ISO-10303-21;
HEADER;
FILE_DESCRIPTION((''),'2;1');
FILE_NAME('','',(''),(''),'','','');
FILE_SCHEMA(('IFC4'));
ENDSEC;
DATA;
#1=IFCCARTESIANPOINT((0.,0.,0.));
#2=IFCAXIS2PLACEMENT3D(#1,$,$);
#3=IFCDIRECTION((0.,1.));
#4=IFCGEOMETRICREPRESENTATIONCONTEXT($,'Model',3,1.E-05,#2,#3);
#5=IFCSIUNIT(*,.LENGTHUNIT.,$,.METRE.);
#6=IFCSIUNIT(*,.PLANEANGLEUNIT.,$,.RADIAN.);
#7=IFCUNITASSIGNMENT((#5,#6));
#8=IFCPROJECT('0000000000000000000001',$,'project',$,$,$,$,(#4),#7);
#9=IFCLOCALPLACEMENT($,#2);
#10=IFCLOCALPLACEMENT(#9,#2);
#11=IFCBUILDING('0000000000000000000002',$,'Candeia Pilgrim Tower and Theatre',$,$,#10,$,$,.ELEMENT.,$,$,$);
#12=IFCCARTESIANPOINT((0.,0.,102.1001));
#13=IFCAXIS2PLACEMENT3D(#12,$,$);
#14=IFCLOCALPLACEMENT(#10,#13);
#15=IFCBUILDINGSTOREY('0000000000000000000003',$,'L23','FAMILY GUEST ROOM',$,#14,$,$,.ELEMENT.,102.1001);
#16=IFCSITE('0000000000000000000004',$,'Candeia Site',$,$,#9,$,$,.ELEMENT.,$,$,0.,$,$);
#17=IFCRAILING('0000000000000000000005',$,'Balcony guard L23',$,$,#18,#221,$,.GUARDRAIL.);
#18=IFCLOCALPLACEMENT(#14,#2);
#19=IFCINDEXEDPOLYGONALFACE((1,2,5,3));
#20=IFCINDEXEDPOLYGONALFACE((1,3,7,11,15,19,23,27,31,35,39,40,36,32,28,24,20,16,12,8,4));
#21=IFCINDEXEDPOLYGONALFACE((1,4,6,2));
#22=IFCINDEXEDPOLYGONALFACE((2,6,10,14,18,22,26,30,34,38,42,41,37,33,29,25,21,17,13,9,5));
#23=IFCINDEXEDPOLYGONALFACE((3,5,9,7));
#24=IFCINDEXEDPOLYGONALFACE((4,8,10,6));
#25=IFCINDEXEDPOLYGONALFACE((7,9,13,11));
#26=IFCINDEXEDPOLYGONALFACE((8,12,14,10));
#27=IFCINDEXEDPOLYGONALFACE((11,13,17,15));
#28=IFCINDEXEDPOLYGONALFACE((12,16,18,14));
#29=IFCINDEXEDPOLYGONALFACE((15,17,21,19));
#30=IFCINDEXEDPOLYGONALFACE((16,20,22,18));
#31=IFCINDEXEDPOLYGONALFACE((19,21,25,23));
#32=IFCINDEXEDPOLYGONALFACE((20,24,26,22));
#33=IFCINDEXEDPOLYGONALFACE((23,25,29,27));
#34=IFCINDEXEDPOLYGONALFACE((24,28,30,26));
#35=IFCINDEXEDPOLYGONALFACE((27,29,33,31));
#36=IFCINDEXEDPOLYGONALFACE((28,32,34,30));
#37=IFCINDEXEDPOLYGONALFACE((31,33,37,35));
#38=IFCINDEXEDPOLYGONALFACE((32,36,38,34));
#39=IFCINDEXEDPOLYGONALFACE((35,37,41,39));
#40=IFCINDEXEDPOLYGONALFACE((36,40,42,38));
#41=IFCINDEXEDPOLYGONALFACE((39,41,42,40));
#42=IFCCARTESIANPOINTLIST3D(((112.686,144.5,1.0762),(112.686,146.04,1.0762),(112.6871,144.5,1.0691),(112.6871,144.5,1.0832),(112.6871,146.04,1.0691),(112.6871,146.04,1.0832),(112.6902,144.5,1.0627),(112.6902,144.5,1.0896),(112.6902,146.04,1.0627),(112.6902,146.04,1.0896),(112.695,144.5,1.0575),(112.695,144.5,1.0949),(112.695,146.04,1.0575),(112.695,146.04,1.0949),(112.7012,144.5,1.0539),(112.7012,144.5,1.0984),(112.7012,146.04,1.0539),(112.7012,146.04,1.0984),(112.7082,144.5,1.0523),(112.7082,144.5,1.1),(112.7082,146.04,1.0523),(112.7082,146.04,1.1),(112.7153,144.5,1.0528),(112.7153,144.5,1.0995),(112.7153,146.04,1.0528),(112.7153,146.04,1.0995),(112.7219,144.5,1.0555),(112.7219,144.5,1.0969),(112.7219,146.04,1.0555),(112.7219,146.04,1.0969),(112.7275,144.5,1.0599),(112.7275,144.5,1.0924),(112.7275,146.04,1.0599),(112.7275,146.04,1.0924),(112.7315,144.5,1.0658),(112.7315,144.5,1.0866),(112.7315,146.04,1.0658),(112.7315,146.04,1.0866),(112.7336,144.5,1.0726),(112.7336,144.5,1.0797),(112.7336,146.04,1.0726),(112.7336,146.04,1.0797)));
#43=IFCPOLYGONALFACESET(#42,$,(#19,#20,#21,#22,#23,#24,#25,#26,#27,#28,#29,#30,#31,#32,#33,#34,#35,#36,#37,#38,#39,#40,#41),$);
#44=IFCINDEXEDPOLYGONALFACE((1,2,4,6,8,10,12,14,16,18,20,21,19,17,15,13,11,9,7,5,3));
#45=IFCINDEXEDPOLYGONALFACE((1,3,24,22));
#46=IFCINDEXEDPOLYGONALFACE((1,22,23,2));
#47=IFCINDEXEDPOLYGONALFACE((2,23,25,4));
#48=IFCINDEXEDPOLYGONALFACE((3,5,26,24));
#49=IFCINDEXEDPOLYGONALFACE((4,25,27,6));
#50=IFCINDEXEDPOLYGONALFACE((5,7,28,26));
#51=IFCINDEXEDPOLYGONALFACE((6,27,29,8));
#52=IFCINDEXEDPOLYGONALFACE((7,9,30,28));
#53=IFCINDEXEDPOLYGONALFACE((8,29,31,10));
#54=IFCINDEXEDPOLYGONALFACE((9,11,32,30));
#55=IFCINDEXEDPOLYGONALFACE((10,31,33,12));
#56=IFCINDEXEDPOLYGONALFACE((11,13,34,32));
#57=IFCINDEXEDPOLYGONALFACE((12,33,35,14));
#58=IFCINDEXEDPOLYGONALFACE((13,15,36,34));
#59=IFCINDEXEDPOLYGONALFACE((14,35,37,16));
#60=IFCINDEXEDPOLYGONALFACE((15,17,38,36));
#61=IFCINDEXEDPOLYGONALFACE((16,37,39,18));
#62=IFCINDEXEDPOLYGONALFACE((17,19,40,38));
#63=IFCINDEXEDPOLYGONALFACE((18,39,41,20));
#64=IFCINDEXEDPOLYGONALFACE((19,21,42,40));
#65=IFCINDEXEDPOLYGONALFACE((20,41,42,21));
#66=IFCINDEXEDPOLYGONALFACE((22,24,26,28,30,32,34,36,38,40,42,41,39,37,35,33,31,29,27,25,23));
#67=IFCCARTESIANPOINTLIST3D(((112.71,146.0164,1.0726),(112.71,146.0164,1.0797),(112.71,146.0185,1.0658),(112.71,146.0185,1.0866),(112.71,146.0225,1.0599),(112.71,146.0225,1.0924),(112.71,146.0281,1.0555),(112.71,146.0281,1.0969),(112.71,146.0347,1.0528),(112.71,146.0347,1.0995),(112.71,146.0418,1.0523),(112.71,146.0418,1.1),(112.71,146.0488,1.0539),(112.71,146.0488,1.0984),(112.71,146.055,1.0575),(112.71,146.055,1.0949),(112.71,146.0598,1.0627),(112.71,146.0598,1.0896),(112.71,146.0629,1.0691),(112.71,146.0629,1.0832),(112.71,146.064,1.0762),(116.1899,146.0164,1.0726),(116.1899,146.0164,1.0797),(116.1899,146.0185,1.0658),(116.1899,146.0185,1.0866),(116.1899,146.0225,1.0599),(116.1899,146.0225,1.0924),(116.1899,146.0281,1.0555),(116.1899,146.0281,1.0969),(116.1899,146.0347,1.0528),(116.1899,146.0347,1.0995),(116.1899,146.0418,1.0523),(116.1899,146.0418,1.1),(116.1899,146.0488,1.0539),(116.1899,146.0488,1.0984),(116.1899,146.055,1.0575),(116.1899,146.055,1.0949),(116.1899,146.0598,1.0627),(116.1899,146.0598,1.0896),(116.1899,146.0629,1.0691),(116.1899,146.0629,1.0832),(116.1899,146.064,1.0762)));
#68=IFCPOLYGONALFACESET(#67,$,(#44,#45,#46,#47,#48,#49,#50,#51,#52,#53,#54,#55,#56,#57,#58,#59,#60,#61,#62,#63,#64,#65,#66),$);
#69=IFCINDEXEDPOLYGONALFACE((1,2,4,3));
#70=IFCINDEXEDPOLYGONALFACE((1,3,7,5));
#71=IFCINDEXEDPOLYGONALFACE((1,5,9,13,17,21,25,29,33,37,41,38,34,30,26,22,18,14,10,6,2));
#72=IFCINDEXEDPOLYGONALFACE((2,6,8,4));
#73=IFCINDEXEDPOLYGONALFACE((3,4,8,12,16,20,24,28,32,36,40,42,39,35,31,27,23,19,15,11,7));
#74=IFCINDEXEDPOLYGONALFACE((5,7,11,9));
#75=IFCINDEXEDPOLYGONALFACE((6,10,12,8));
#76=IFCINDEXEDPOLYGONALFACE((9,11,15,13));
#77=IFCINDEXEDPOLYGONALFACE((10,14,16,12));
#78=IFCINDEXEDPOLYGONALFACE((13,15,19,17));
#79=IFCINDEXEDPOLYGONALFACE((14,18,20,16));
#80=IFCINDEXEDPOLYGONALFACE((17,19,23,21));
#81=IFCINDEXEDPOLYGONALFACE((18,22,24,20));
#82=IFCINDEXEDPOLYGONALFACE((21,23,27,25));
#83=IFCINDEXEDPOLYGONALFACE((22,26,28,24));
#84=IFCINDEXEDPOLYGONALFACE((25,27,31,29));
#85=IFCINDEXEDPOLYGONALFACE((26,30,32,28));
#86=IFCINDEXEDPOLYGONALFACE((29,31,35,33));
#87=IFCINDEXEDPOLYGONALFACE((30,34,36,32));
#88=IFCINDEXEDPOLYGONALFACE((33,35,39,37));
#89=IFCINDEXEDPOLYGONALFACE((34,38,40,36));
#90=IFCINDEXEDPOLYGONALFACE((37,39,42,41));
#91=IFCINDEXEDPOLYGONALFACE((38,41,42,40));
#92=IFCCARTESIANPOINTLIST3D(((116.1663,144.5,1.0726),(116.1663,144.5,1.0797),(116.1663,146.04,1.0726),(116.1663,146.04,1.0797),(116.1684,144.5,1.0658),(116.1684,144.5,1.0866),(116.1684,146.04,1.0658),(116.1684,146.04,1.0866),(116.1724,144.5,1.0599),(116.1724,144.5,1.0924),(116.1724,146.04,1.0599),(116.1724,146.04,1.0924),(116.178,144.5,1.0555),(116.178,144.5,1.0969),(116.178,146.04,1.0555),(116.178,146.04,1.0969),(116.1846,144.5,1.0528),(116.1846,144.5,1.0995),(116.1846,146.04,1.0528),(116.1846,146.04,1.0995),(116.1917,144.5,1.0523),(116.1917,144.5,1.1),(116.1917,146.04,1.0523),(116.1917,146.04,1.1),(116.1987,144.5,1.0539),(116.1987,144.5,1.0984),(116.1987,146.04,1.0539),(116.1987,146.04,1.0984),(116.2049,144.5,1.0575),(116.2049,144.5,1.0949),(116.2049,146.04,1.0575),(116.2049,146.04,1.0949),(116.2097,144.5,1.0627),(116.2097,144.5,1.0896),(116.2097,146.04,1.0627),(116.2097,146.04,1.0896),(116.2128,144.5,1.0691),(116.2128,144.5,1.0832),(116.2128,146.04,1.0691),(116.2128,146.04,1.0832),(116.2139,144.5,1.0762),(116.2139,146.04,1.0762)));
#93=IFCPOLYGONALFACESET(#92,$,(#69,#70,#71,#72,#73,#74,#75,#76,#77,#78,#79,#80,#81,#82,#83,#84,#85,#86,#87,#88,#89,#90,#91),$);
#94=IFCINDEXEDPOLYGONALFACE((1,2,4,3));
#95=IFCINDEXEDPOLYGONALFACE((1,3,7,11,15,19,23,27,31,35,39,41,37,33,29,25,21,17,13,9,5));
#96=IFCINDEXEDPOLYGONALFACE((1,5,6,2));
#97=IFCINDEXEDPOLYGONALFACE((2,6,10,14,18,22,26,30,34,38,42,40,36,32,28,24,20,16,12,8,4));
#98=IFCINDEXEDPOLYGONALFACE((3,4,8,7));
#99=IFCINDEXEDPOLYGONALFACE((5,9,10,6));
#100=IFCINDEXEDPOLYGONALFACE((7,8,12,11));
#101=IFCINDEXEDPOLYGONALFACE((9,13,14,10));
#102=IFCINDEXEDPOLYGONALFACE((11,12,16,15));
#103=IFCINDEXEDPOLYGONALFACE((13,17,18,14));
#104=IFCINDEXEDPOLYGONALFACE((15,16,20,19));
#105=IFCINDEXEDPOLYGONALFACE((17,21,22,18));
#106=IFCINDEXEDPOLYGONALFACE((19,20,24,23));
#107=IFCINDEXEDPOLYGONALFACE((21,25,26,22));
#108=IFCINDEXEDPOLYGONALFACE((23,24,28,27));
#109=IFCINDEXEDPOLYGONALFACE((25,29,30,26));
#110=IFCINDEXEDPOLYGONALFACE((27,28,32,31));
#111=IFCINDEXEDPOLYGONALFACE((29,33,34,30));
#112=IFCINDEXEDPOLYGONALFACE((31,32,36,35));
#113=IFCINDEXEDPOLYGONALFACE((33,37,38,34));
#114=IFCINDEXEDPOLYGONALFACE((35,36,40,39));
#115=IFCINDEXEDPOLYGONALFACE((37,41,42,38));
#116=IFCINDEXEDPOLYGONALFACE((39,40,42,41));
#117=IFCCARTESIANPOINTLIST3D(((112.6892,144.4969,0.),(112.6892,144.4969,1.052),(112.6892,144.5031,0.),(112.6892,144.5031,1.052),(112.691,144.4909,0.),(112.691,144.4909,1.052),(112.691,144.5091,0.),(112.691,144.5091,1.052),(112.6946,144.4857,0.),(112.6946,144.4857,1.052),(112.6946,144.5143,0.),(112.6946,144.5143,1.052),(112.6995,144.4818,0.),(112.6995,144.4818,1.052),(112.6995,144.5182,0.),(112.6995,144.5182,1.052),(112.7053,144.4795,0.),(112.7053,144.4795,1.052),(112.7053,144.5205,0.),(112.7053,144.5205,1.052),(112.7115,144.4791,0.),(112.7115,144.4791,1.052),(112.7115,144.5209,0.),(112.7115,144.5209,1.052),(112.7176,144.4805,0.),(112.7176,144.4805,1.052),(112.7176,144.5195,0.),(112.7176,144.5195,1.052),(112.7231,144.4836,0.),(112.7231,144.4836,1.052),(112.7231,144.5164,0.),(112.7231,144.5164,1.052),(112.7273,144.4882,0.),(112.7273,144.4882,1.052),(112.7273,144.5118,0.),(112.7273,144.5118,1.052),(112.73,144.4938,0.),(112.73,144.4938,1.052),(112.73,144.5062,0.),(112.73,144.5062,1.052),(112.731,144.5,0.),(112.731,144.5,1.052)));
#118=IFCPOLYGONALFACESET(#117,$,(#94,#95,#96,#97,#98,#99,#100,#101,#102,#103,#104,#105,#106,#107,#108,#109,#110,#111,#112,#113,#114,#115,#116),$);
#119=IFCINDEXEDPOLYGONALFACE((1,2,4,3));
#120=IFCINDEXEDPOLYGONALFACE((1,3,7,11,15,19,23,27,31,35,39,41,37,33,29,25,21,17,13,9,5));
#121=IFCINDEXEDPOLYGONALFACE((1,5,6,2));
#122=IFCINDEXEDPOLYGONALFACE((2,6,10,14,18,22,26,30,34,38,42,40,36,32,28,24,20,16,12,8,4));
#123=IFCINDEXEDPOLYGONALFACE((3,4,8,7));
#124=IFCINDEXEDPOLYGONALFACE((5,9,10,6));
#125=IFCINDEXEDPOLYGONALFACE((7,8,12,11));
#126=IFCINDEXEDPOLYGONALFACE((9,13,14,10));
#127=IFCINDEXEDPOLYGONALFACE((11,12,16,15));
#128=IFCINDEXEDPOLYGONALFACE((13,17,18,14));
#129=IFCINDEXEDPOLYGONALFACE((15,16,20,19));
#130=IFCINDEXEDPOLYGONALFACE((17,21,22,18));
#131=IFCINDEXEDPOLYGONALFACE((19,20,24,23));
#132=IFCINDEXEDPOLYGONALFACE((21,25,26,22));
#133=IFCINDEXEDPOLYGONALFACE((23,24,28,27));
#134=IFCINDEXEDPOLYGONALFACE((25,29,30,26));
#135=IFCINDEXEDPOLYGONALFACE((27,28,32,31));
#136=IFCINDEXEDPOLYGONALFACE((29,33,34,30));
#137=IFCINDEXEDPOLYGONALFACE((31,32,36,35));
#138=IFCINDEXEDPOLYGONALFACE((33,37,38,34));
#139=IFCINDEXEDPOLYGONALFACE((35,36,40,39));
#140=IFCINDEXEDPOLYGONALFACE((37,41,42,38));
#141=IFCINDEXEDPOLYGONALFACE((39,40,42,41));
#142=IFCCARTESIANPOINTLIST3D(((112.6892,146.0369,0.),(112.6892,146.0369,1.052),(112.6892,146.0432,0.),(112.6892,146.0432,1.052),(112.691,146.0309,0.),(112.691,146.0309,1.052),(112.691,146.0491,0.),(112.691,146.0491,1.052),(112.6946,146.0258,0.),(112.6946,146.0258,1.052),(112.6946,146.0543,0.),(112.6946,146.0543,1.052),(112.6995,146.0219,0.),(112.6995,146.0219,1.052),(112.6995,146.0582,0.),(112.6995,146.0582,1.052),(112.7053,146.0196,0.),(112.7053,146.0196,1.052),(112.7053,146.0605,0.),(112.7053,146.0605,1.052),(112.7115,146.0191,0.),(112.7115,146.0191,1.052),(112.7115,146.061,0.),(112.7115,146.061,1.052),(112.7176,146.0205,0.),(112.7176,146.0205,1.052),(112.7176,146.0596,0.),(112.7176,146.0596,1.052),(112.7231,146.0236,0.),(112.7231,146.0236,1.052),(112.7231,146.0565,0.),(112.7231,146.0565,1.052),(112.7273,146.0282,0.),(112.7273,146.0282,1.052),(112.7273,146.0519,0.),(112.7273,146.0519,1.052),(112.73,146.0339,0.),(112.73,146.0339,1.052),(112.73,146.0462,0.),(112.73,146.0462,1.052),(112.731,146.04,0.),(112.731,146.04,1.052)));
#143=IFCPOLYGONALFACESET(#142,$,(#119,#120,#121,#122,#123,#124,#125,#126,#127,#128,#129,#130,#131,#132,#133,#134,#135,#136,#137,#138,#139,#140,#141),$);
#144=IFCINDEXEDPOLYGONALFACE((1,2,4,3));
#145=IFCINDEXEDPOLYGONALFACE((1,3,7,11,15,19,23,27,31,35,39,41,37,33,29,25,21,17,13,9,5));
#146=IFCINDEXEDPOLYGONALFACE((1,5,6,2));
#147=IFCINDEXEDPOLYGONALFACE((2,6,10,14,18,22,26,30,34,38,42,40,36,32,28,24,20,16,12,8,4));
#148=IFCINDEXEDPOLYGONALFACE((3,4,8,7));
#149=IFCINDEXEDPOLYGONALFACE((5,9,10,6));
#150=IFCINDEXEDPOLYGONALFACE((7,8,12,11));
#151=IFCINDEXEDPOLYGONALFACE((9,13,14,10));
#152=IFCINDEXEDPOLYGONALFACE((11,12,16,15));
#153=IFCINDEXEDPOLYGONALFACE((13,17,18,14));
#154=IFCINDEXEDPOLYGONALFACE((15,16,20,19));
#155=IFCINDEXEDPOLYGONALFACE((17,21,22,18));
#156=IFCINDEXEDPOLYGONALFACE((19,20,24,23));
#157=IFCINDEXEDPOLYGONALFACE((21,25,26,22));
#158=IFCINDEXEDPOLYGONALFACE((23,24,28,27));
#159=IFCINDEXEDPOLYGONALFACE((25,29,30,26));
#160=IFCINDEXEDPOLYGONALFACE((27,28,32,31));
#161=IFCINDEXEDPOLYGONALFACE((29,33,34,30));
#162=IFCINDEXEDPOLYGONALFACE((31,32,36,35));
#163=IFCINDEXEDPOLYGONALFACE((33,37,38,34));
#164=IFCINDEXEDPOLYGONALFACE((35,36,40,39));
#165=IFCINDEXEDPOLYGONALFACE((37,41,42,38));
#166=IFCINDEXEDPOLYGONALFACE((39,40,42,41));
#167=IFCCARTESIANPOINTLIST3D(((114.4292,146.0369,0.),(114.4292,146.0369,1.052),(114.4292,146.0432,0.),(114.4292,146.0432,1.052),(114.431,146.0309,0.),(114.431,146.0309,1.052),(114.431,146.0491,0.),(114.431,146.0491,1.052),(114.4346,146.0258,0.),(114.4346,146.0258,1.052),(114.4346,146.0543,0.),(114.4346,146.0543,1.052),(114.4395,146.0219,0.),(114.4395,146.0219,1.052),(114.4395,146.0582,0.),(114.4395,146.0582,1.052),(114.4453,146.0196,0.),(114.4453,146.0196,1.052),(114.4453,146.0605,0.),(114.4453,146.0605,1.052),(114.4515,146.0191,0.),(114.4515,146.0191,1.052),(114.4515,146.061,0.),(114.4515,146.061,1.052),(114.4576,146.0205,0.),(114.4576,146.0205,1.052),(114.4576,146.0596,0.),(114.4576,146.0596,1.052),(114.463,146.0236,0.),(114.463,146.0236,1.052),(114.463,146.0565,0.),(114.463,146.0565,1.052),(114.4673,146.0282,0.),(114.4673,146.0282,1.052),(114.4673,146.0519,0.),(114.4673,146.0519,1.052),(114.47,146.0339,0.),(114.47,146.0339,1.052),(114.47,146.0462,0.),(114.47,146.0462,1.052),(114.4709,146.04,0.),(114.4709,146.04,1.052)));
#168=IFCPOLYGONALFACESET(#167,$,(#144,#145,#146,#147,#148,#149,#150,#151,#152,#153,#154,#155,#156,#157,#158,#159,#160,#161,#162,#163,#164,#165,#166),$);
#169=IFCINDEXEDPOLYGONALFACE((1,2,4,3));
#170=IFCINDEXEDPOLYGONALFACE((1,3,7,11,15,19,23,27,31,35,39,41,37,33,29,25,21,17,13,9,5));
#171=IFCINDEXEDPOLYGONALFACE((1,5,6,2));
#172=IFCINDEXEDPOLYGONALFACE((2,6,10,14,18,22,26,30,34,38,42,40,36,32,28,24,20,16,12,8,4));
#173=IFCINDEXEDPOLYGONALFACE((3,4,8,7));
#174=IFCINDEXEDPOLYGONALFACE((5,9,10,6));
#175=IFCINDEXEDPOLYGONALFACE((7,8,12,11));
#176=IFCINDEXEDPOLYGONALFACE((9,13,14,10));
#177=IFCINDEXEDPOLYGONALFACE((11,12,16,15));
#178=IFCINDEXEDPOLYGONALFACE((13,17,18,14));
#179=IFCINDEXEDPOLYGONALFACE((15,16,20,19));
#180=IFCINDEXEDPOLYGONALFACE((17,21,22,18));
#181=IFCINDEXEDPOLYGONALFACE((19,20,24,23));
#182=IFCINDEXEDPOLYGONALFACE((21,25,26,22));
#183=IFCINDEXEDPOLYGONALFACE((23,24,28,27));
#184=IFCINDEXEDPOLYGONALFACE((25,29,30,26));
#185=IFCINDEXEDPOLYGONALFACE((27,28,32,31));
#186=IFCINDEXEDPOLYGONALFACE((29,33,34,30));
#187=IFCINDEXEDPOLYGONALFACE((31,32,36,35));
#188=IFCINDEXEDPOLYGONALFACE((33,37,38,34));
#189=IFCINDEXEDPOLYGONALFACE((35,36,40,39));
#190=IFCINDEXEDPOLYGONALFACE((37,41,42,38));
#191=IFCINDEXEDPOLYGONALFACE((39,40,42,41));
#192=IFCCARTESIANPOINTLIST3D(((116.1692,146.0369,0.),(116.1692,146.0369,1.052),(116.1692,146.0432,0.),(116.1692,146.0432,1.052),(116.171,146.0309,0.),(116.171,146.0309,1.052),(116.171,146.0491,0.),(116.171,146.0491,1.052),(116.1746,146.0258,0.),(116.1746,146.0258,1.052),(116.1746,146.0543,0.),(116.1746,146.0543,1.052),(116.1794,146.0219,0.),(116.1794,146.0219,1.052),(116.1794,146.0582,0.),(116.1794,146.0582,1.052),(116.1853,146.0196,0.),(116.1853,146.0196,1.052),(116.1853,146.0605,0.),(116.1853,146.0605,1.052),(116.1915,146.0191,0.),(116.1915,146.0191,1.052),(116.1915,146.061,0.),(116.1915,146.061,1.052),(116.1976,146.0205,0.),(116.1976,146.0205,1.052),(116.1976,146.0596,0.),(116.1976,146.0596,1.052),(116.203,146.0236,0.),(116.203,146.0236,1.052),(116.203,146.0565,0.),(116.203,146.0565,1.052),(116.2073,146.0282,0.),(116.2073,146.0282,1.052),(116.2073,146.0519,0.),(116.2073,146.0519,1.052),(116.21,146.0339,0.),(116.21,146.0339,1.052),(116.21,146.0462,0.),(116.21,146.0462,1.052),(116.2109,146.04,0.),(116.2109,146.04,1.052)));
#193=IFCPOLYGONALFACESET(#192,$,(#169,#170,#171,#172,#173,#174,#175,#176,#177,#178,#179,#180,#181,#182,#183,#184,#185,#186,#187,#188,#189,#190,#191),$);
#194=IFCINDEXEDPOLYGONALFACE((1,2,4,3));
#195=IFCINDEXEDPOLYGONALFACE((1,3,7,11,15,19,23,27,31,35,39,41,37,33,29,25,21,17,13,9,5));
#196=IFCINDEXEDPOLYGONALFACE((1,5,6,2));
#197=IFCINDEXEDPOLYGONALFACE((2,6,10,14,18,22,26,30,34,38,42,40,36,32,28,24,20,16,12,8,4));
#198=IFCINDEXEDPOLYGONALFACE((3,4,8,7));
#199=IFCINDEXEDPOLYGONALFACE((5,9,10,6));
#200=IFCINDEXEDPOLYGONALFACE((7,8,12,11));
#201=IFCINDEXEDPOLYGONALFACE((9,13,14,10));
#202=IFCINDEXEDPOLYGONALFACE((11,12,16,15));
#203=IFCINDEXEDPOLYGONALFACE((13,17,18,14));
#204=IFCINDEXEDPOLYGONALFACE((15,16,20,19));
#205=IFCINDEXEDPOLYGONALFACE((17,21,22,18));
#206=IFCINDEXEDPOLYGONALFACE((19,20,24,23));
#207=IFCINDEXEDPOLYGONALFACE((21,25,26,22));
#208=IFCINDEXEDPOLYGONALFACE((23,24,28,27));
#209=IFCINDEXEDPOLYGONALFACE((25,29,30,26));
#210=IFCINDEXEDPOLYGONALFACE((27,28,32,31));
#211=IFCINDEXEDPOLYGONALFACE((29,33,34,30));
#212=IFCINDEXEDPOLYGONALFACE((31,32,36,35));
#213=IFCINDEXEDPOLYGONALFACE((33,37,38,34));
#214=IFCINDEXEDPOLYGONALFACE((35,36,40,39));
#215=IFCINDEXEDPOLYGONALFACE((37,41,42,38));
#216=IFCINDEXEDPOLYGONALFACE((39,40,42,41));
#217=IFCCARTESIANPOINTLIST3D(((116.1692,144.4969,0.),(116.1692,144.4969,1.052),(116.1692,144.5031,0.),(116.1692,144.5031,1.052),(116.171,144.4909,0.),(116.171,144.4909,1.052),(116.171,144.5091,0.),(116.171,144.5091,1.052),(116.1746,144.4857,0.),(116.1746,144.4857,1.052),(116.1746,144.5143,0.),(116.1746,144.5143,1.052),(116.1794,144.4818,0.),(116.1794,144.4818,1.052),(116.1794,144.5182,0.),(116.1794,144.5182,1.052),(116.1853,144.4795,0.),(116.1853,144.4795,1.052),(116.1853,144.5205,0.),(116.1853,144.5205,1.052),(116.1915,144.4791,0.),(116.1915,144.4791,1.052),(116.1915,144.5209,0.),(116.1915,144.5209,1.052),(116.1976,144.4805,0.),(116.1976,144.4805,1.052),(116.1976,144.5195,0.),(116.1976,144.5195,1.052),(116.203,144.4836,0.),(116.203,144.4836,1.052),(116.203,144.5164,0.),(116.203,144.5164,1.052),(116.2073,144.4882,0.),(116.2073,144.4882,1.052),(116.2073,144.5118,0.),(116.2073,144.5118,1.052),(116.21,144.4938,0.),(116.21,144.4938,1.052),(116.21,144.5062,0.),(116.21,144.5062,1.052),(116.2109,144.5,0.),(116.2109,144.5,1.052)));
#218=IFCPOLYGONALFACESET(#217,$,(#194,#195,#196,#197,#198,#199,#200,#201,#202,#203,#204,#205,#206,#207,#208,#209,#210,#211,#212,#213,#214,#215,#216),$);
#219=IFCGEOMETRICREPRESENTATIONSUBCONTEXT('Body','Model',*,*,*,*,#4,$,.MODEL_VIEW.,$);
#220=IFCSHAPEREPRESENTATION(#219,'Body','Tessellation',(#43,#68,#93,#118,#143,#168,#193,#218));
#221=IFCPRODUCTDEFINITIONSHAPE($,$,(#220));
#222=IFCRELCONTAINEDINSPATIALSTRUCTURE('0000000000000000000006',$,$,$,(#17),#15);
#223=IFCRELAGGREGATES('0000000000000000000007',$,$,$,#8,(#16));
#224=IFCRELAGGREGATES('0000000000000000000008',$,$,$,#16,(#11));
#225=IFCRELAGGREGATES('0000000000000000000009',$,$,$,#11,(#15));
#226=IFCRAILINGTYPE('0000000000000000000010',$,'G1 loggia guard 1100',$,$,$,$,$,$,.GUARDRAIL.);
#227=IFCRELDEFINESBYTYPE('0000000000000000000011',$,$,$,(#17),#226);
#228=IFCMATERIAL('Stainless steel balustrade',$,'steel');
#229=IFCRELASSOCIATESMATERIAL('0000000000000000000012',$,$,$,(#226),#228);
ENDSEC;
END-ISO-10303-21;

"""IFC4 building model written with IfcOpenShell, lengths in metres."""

from ifc_helpers import new_model, si_unit, direction, frame, origin, origin_2d, place, context, subcontext, project, spatial, circle, extrude, material, type_object, element, save


model = new_model("IFC4")

# Units and contexts
model_context = context("Model", 3, precision=1e-05, world=origin(), true_north=direction((0.0, 1.0)))
body_context = subcontext(model_context, "Body", "Model", "MODEL_VIEW")
ifc_project = project(units=[si_unit("LENGTHUNIT", "METRE"), si_unit("PLANEANGLEUNIT", "RADIAN")], contexts=[model_context])

# Site, building, storey
site_placement = place(None, origin())
site = spatial("IfcSite", under=ifc_project, at=site_placement, Name="Candeia Site", CompositionType="ELEMENT", RefElevation=0.0)
building_placement = place(site_placement, origin())
building = spatial("IfcBuilding", under=site, at=building_placement, Name="Candeia Pilgrim Tower and Theatre", CompositionType="ELEMENT")
storey_placement = place(building_placement, frame((0.0, 0.0, 102.1001)))
storey = spatial("IfcBuildingStorey", under=building, at=storey_placement, Name="L23", Description="FAMILY GUEST ROOM", CompositionType="ELEMENT", Elevation=102.1001)

# Railing
ifc_material_1 = material(Name="Stainless steel balustrade", Category="steel")
railing_type = type_object("IfcRailingType", Name="G1 loggia guard 1100", PredefinedType="GUARDRAIL", material=ifc_material_1)
railing_placement = place(storey_placement, frame((112.71, 144.5, 0.0)))
element("IfcRailing", 1, at=railing_placement, inside=storey, type_object=railing_type, Name="Balcony guard L23", PredefinedType="GUARDRAIL", context=body_context, shape_type="SweptSolid", body=[
    extrude(circle(Radius=0.0239, at=origin_2d()), frame((0.0, 0.0, 1.0762), z_axis=(0.0, 1.0, 0.0), x_axis=(-1.0, 0.0, 0.0)), (0.0, 0.0, 1.0), 1.54),
    extrude(circle(Radius=0.0239, at=origin_2d()), frame((0.0, 1.54, 1.0762), z_axis=(1.0, 0.0, 0.0), x_axis=(0.0, 1.0, 0.0)), (0.0, 0.0, 1.0), 3.48),
    extrude(circle(Radius=0.0239, at=origin_2d()), frame((3.48, 1.54, 1.0762), z_axis=(0.0, -1.0, 0.0), x_axis=(1.0, 0.0, 0.0)), (0.0, 0.0, 1.0), 1.54),
    extrude(circle(Radius=0.021, at=origin_2d()), origin(), (0.0, 0.0, 1.0), 1.052),
    extrude(circle(Radius=0.021, at=origin_2d()), frame((0.0, 1.54, 0.0)), (0.0, 0.0, 1.0), 1.052),
    extrude(circle(Radius=0.021, at=origin_2d()), frame((1.74, 1.54, 0.0)), (0.0, 0.0, 1.0), 1.052),
    extrude(circle(Radius=0.021, at=origin_2d()), frame((3.48, 1.54, 0.0)), (0.0, 0.0, 1.0), 1.052),
    extrude(circle(Radius=0.021, at=origin_2d()), frame((3.48, 0.0, 0.0)), (0.0, 0.0, 1.0), 1.052),
])

save(model, "model.ifc")
